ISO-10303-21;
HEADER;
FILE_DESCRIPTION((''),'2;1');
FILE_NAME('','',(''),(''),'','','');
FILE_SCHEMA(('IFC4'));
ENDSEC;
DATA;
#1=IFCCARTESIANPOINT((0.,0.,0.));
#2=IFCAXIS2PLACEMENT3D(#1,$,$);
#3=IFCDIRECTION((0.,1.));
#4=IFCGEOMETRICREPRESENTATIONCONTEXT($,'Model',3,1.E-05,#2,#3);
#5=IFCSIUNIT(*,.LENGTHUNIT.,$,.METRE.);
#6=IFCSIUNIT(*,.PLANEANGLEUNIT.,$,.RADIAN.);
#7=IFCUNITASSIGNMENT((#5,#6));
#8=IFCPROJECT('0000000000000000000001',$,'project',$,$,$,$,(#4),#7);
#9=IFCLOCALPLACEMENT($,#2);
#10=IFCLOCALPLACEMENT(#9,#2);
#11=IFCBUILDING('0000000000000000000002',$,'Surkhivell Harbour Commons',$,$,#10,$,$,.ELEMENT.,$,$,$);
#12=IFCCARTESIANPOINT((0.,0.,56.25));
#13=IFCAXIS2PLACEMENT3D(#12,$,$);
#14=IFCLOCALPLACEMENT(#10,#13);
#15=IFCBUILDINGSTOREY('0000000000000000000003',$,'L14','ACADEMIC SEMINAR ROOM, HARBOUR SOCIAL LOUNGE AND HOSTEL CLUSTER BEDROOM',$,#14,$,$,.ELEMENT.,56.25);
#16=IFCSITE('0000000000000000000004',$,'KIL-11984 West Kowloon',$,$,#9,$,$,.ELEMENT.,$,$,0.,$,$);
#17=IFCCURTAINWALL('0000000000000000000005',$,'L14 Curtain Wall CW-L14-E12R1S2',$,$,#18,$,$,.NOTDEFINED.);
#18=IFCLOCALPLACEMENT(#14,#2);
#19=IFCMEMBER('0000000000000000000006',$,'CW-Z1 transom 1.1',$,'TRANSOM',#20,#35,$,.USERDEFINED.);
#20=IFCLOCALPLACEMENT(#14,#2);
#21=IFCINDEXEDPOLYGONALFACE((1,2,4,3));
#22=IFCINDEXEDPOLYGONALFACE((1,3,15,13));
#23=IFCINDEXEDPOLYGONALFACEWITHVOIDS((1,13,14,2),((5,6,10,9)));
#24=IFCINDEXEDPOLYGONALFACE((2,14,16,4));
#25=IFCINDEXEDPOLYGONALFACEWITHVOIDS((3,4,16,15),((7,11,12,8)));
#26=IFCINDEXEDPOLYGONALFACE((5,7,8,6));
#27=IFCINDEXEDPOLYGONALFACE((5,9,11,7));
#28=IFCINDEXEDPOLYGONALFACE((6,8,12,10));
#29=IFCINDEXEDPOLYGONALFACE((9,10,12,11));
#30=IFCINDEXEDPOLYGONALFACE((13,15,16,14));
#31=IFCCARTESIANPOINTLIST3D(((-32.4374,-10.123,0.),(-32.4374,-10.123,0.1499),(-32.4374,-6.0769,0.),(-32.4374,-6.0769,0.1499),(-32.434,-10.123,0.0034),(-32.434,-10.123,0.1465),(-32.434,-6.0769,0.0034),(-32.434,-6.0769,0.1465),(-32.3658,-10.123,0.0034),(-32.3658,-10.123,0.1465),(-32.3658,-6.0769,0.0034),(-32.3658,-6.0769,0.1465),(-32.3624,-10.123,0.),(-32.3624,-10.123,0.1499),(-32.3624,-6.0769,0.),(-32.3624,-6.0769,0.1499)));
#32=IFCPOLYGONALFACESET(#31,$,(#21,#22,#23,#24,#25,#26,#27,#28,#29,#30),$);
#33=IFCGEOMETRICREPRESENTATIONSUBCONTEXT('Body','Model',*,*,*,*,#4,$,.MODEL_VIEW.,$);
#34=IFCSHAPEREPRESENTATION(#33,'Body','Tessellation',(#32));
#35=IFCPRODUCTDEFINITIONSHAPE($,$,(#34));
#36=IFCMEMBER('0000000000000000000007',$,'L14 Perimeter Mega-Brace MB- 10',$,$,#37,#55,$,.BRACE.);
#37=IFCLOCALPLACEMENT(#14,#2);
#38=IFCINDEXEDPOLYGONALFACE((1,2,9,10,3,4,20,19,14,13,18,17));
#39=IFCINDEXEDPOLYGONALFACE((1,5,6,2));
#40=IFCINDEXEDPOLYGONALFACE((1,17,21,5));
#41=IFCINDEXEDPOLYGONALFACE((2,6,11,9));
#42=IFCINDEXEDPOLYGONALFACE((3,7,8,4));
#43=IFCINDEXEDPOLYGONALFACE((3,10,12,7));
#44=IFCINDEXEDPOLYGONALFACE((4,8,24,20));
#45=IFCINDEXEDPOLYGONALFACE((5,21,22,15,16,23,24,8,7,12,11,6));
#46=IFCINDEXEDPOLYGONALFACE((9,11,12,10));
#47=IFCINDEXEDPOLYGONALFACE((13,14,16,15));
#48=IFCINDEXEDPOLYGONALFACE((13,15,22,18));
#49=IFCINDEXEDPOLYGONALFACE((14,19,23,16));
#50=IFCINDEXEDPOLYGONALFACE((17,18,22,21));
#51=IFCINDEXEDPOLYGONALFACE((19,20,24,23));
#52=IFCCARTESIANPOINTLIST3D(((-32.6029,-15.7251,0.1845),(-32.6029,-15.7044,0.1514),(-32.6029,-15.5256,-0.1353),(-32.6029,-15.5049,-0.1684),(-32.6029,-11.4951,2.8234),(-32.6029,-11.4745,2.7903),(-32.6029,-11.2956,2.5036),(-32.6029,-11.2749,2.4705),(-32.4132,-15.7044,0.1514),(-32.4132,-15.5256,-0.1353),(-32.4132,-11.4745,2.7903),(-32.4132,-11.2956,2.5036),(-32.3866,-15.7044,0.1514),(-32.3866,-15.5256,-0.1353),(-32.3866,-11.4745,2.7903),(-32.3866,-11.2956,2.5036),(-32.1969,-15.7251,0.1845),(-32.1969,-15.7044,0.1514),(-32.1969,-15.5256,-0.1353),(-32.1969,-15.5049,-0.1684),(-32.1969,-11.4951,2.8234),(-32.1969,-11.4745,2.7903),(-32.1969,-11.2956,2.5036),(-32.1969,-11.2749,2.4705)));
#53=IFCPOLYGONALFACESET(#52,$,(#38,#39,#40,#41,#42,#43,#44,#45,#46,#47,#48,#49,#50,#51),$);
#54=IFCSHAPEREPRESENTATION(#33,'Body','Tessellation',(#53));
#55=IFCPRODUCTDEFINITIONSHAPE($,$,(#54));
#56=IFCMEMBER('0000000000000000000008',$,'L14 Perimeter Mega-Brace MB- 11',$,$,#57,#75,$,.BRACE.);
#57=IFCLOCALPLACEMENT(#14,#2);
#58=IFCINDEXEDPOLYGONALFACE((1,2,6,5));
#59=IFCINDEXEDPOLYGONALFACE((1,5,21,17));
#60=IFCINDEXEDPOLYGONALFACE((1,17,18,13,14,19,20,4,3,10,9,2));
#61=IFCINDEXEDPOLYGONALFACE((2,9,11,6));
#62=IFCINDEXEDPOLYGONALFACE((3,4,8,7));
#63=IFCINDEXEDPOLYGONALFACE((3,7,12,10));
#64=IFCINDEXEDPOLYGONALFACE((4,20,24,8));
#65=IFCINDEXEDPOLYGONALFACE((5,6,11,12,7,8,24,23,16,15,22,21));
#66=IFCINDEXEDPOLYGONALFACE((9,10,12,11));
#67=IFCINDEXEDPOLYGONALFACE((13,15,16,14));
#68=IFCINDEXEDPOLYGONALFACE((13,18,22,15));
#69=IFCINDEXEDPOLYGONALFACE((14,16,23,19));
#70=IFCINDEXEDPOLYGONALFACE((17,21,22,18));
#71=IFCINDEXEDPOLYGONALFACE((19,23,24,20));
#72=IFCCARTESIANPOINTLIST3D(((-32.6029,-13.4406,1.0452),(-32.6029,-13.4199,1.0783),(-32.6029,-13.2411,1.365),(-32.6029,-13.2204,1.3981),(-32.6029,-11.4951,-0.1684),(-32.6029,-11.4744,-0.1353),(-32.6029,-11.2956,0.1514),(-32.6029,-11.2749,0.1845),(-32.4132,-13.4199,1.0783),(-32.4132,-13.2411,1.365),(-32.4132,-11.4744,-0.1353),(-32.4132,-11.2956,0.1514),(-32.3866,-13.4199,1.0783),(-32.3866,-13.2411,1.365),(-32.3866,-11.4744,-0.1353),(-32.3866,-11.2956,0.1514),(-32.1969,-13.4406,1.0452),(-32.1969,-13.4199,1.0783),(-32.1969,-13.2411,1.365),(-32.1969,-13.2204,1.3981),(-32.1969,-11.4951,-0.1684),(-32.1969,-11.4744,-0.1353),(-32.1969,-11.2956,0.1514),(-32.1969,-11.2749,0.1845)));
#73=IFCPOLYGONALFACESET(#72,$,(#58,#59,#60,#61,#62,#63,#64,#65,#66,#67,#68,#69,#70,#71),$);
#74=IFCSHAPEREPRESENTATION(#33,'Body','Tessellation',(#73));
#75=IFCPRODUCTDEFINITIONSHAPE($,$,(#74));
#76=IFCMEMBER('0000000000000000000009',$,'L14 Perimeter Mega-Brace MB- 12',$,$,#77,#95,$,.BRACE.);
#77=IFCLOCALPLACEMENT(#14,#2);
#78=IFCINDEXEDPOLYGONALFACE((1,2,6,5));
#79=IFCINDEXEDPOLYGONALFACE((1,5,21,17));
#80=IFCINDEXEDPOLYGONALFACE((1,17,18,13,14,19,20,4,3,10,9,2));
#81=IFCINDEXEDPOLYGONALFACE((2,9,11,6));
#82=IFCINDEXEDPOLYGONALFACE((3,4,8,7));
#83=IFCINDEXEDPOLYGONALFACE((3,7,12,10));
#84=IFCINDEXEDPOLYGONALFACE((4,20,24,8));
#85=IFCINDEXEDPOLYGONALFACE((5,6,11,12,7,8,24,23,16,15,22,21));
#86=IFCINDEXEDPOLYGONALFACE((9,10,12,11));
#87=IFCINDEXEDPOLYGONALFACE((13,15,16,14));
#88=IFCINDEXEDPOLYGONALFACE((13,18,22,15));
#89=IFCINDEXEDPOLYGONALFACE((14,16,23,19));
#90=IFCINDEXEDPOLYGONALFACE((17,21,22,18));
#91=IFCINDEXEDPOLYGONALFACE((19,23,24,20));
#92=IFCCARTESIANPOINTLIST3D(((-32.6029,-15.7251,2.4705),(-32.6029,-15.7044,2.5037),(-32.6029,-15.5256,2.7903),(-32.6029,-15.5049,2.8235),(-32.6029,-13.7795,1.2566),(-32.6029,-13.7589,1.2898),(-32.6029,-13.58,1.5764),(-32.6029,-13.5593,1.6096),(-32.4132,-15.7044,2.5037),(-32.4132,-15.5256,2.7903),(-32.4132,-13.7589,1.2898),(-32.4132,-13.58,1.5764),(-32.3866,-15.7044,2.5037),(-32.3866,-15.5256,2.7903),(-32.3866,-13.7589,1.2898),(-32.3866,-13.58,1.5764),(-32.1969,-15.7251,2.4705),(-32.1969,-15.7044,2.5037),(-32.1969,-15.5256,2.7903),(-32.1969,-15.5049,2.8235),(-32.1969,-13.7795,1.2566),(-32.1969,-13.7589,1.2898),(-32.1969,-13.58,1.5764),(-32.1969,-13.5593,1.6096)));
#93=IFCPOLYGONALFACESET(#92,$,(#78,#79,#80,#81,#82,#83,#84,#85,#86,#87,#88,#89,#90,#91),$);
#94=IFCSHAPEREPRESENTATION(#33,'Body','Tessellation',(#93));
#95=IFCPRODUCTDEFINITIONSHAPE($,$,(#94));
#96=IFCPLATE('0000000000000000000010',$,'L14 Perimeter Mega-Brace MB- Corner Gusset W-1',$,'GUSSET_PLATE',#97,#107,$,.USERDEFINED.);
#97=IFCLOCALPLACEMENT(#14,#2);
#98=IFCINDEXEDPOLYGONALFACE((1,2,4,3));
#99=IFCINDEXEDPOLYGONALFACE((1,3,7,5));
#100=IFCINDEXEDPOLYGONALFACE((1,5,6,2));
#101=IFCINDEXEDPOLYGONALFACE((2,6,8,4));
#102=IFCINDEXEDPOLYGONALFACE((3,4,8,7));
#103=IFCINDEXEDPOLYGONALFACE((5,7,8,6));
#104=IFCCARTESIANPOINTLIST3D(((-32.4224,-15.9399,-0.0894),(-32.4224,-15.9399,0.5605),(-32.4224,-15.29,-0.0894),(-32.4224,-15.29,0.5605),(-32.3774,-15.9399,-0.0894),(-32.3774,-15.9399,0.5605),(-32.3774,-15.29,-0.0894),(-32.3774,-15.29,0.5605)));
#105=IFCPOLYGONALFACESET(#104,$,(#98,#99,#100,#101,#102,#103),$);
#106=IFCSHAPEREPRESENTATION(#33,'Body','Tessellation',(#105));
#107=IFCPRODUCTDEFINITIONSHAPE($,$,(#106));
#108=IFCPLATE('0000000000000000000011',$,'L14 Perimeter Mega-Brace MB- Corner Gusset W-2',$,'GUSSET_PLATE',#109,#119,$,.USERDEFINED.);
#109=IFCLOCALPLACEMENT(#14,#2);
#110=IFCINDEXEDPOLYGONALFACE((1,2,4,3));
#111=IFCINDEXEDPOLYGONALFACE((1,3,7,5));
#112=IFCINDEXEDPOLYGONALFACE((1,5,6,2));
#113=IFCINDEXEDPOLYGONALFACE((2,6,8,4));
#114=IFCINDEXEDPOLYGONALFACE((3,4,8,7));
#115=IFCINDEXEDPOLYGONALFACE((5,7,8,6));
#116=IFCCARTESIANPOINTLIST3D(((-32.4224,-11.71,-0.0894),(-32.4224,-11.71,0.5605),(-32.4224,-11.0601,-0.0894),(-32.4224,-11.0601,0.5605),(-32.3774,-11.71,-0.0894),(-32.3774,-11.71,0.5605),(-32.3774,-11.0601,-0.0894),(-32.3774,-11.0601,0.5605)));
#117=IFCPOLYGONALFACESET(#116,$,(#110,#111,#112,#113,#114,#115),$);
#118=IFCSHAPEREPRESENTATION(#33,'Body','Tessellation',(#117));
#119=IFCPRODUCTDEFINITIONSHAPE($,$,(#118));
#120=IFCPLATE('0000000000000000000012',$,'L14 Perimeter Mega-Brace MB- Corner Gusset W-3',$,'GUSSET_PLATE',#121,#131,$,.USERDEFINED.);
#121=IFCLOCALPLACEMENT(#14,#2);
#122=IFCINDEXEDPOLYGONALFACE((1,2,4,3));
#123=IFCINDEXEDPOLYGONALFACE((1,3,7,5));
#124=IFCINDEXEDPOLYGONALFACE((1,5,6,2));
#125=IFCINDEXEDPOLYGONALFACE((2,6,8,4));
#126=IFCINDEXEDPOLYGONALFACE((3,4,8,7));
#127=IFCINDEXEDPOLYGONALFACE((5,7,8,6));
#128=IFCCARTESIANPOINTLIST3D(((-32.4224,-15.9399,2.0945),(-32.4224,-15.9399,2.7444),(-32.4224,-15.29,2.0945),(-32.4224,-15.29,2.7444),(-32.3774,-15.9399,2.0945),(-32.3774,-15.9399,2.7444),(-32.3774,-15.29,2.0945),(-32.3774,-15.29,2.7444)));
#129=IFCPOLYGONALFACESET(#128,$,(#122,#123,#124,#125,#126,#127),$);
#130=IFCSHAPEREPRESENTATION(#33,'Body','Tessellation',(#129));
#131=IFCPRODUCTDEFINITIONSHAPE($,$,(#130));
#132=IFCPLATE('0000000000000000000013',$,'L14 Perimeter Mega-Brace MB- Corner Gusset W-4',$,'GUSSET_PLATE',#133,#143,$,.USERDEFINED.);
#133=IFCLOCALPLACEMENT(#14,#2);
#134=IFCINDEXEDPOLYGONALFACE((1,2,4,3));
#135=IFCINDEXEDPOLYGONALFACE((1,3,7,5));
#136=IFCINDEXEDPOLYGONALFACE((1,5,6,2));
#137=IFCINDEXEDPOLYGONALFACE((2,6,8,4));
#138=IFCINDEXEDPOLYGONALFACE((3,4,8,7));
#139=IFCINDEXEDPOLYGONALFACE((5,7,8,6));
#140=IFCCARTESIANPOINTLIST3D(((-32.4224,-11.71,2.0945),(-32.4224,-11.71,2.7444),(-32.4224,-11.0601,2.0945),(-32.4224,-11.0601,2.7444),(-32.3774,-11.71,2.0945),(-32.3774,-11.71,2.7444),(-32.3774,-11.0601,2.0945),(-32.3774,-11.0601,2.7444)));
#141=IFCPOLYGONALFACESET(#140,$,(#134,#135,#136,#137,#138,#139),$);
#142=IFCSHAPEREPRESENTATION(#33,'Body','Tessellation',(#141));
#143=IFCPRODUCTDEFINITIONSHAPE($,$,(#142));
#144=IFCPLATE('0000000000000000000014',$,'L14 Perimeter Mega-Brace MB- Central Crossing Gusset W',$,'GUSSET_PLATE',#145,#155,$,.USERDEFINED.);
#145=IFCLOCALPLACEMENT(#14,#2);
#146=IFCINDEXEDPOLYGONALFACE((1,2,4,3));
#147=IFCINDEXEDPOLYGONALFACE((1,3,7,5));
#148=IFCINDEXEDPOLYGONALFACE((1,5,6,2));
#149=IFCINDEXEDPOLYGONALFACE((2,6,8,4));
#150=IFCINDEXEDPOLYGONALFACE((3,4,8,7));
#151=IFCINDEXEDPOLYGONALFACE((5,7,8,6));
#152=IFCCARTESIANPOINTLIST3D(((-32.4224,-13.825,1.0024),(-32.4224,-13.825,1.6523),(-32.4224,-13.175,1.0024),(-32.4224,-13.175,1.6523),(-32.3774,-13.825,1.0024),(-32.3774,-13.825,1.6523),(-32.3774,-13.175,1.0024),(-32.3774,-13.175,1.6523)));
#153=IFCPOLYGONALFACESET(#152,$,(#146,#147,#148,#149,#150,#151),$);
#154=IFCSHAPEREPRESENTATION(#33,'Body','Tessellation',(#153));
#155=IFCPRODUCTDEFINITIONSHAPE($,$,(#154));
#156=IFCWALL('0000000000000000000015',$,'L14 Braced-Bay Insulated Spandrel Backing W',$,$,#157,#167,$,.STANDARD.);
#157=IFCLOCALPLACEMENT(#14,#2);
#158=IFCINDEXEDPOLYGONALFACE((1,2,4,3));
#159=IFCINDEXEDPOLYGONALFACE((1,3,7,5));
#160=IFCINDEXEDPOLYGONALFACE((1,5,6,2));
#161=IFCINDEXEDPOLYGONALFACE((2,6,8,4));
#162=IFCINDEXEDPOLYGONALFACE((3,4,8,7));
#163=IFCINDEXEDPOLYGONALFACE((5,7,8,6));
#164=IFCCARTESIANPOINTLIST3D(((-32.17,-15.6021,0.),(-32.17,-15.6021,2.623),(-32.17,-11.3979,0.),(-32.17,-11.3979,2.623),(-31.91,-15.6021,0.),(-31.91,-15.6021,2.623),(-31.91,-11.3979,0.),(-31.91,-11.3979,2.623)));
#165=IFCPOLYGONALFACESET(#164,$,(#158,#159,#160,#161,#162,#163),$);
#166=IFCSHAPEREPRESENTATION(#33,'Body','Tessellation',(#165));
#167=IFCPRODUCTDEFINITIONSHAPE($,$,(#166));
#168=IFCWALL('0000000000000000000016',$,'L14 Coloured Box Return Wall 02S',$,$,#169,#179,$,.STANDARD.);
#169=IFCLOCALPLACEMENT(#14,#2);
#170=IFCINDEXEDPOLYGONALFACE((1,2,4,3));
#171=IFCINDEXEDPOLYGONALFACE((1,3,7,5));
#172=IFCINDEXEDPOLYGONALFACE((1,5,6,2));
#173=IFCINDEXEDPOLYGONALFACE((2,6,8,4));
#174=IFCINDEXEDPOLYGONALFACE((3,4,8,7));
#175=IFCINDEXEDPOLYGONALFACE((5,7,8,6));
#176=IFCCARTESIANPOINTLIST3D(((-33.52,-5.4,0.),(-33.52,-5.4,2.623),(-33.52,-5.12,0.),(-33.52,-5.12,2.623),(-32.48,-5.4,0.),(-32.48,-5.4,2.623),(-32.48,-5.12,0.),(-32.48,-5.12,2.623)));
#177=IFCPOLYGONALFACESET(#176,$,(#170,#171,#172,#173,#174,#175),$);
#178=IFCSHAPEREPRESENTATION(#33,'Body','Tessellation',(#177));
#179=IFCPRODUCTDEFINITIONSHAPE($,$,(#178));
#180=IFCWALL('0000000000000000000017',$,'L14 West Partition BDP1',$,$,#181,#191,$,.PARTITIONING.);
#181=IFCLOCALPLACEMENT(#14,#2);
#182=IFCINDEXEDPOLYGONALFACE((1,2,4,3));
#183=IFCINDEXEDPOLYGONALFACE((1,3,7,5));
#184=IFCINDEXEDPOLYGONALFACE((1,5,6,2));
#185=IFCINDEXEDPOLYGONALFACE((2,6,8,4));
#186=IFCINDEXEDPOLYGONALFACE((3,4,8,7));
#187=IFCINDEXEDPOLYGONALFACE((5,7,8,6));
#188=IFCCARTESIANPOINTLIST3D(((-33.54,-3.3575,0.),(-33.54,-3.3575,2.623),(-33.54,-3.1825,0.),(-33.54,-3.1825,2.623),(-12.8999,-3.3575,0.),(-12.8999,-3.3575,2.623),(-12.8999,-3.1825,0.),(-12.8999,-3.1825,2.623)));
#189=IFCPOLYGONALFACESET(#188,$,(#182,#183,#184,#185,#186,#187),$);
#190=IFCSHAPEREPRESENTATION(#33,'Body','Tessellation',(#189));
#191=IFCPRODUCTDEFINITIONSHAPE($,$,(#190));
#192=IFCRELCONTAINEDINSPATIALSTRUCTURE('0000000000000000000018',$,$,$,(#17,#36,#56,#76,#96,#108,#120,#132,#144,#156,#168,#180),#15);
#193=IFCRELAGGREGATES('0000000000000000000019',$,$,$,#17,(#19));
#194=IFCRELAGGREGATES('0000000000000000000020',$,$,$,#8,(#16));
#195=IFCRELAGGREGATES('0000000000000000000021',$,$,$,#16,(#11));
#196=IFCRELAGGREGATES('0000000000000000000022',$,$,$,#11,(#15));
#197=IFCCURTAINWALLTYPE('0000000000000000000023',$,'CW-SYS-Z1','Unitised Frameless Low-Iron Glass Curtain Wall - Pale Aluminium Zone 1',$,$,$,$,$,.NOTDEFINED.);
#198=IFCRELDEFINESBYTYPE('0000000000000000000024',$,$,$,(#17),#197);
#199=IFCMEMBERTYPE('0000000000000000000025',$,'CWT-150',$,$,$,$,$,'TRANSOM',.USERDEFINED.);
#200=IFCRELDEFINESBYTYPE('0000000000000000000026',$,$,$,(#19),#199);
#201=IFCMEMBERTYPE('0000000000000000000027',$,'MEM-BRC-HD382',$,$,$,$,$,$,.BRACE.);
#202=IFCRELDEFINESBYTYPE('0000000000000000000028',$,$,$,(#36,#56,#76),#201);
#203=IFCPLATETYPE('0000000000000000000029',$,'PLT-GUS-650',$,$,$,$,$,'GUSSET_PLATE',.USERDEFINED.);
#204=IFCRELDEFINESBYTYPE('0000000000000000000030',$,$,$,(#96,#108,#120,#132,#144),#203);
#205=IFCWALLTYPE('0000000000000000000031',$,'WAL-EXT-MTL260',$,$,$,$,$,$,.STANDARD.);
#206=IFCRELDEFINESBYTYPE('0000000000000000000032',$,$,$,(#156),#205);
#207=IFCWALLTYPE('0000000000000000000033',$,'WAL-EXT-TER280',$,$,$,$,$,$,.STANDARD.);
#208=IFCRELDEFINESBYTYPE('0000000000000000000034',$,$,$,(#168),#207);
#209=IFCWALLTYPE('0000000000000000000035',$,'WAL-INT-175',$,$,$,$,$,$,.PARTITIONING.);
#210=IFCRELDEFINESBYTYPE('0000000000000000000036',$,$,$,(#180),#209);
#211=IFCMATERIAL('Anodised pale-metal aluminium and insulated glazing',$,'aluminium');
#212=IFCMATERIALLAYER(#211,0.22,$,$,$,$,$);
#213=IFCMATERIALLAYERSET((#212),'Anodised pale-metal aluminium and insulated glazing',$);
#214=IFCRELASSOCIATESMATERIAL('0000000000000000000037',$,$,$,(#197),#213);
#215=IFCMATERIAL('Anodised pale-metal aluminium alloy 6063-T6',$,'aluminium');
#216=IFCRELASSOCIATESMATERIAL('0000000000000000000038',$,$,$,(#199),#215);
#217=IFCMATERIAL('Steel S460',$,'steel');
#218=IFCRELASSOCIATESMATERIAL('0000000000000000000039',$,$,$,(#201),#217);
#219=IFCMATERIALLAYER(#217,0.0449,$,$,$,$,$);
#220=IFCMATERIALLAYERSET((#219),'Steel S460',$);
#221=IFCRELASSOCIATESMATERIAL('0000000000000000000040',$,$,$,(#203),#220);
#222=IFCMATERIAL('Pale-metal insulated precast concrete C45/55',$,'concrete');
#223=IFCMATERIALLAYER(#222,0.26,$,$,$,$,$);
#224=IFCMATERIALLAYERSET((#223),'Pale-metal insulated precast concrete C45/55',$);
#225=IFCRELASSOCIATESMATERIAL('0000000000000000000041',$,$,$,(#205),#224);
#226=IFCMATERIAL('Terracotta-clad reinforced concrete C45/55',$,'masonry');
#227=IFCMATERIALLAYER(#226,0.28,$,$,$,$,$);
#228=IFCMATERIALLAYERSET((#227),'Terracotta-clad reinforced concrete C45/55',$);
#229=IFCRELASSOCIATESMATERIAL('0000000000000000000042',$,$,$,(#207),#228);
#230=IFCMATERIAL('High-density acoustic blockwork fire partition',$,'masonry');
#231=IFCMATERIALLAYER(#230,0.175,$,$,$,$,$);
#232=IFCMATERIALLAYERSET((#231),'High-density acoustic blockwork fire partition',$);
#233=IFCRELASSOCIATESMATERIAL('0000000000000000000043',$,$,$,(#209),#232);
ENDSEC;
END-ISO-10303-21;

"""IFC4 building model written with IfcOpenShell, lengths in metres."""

from ifc_helpers import new_model, si_unit, direction, frame, frame_2d, origin, origin_2d, place, context, subcontext, project, spatial, rectangle, hollow_rectangle, i_section, extrude, material, layer, layer_set, material_profile, profile_set, type_object, element, aggregate, save


model = new_model("IFC4")

# Units and contexts
model_context = context("Model", 3, precision=1e-05, world=origin(), true_north=direction((0.0, 1.0)))
body_context = subcontext(model_context, "Body", "Model", "MODEL_VIEW")
ifc_project = project(units=[si_unit("LENGTHUNIT", "METRE"), si_unit("PLANEANGLEUNIT", "RADIAN")], contexts=[model_context])

# Site, building, storey
site_placement = place(None, origin())
site = spatial("IfcSite", under=ifc_project, at=site_placement, Name="KIL-11984 West Kowloon", CompositionType="ELEMENT", RefElevation=0.0)
building_placement = place(site_placement, origin())
building = spatial("IfcBuilding", under=site, at=building_placement, Name="Surkhivell Harbour Commons", CompositionType="ELEMENT")
storey_placement = place(building_placement, frame((0.0, 0.0, 56.25)))
storey = spatial("IfcBuildingStorey", under=building, at=storey_placement, Name="L14", Description="ACADEMIC SEMINAR ROOM, HARBOUR SOCIAL LOUNGE AND HOSTEL CLUSTER BEDROOM", CompositionType="ELEMENT", Elevation=56.25)

# Shared definitions
ifc_material_1 = material(Name="Steel S460", Category="steel")

# Curtain wall, member
ifc_material_2 = material(Name="Anodised pale-metal aluminium and insulated glazing", Category="aluminium")
ifc_layer_1 = layer(ifc_material_2, 0.22)
ifc_layer_set_1 = layer_set([ifc_layer_1], Name="Anodised pale-metal aluminium and insulated glazing")
curtain_wall_type = type_object("IfcCurtainWallType", Name="CW-SYS-Z1", Description="Unitised Frameless Low-Iron Glass Curtain Wall - Pale Aluminium Zone 1", PredefinedType="NOTDEFINED", material=ifc_layer_set_1)
curtain_wall_placement = place(storey_placement, origin())
curtain_wall = element("IfcCurtainWall", 1, at=curtain_wall_placement, inside=storey, type_object=curtain_wall_type, Name="L14 Curtain Wall CW-L14-E12R1S2", PredefinedType="NOTDEFINED")
ifc_material_3 = material(Name="Anodised pale-metal aluminium alloy 6063-T6", Category="aluminium")
ifc_material_profile_1 = material_profile(ifc_material_3, hollow_rectangle(XDim=0.075, YDim=0.1499, WallThickness=0.0034, at=origin_2d()), Name="ALU-TRAN-75x150")
ifc_profile_set_1 = profile_set([ifc_material_profile_1], Name="Anodised pale-metal aluminium alloy 6063-T6")
member_type_1 = type_object("IfcMemberType", Name="CWT-150", ElementType="TRANSOM", PredefinedType="USERDEFINED", material=ifc_profile_set_1)
member_1_placement = place(storey_placement, frame((-32.3999, -10.123, 0.075), z_axis=(0.0, 1.0, 0.0), x_axis=(-1.0, 0.0, 0.0)))
member_1 = element("IfcMember", 2, at=member_1_placement, type_object=member_type_1, Name="CW-Z1 transom 1.1", ObjectType="TRANSOM", PredefinedType="USERDEFINED", context=body_context, shape_type="SweptSolid", body=[
    extrude(hollow_rectangle(XDim=0.075, YDim=0.1499, WallThickness=0.0034, at=origin_2d()), origin(), (0.0, 0.0, 1.0), 4.0461),
])

# Members
ifc_material_profile_2 = material_profile(ifc_material_1, i_section(OverallWidth=0.406, OverallDepth=0.416, WebThickness=0.0266, FlangeThickness=0.0391, at=origin_2d()), Name="HD400x382")
ifc_profile_set_2 = profile_set([ifc_material_profile_2], Name="Steel S460")
member_type_2 = type_object("IfcMemberType", Name="MEM-BRC-HD382", PredefinedType="BRACE", material=ifc_profile_set_2)
member_2_placement = place(storey_placement, frame((-32.3999, -15.615, 0.0081), z_axis=(0.0, 0.848433, 0.529303), x_axis=(-1.0, 0.0, 0.0)))
element("IfcMember", 3, at=member_2_placement, inside=storey, type_object=member_type_2, Name="L14 Perimeter Mega-Brace MB- 10", PredefinedType="BRACE", context=body_context, shape_type="SweptSolid", body=[
    extrude(i_section(OverallWidth=0.406, OverallDepth=0.416, WebThickness=0.0266, FlangeThickness=0.0391, at=origin_2d()), origin(), (0.0, 0.0, 1.0), 4.9856),
])
member_3_placement = place(storey_placement, frame((-32.3999, -11.385, 0.0081), z_axis=(0.0, -0.848459, 0.529262), x_axis=(1.0, 0.0, 0.0)))
element("IfcMember", 4, at=member_3_placement, inside=storey, type_object=member_type_2, Name="L14 Perimeter Mega-Brace MB- 11", PredefinedType="BRACE", context=body_context, shape_type="SweptSolid", body=[
    extrude(i_section(OverallWidth=0.406, OverallDepth=0.416, WebThickness=0.0266, FlangeThickness=0.0391, at=origin_2d()), origin(), (0.0, 0.0, 1.0), 2.293),
])
member_4_placement = place(storey_placement, frame((-32.3999, -13.6694, 1.4331), z_axis=(0.0, -0.848411, 0.529338), x_axis=(1.0, 0.0, 0.0)))
element("IfcMember", 5, at=member_4_placement, inside=storey, type_object=member_type_2, Name="L14 Perimeter Mega-Brace MB- 12", PredefinedType="BRACE", context=body_context, shape_type="SweptSolid", body=[
    extrude(i_section(OverallWidth=0.406, OverallDepth=0.416, WebThickness=0.0266, FlangeThickness=0.0391, at=origin_2d()), origin(), (0.0, 0.0, 1.0), 2.2932),
])

aggregate(curtain_wall, [member_1])

# Plates
ifc_layer_2 = layer(ifc_material_1, 0.0449)
ifc_layer_set_2 = layer_set([ifc_layer_2], Name="Steel S460")
plate_type_1 = type_object("IfcPlateType", Name="PLT-GUS-650", ElementType="GUSSET_PLATE", PredefinedType="USERDEFINED", material=ifc_layer_set_2)
for number, where, z_axis, x_axis, name in (
    (6, (-32.3999, -15.615, -0.0894), (0.0, 0.0, 1.0), (0.0, 1.0, 0.0), "L14 Perimeter Mega-Brace MB- Corner Gusset W-1"),
    (7, (-32.3999, -11.385, -0.0894), (0.0, 0.0, 1.0), (0.0, 1.0, 0.0), "L14 Perimeter Mega-Brace MB- Corner Gusset W-2"),
    (8, (-32.3999, -15.615, 2.0945), (0.0, 0.0, 1.0), (0.0, 1.0, 0.0), "L14 Perimeter Mega-Brace MB- Corner Gusset W-3"),
    (9, (-32.3999, -11.385, 2.0945), (0.0, 0.0, 1.0), (0.0, 1.0, 0.0), "L14 Perimeter Mega-Brace MB- Corner Gusset W-4"),
    (10, (-32.3999, -13.5, 1.0024), (0.0, 0.0, 1.0), (0.0, 1.0, 0.0), "L14 Perimeter Mega-Brace MB- Central Crossing Gusset W"),
):
    element("IfcPlate", number, at=place(storey_placement, frame(where, z_axis=z_axis, x_axis=x_axis)), inside=storey, type_object=plate_type_1, Name=name, ObjectType="GUSSET_PLATE", PredefinedType="USERDEFINED", context=body_context, shape_type="SweptSolid", body=[
        extrude(rectangle(XDim=0.6499, YDim=0.0449, at=origin_2d()), origin(), (0.0, 0.0, 1.0), 0.6499),
    ])

# Walls
ifc_material_4 = material(Name="Pale-metal insulated precast concrete C45/55", Category="concrete")
ifc_layer_3 = layer(ifc_material_4, 0.26)
ifc_layer_set_3 = layer_set([ifc_layer_3], Name="Pale-metal insulated precast concrete C45/55")
wall_type_1 = type_object("IfcWallType", Name="WAL-EXT-MTL260", PredefinedType="STANDARD", material=ifc_layer_set_3)
wall_1_placement = place(storey_placement, frame((-32.04, -15.6021, 0.0), z_axis=(0.0, 0.0, 1.0), x_axis=(0.0, 1.0, 0.0)))
element("IfcWall", 11, at=wall_1_placement, inside=storey, type_object=wall_type_1, Name="L14 Braced-Bay Insulated Spandrel Backing W", PredefinedType="STANDARD", context=body_context, shape_type="SweptSolid", body=[
    extrude(rectangle(XDim=4.2041, YDim=0.26, at=frame_2d((2.1021, 0.0))), origin(), (0.0, 0.0, 1.0), 2.623),
])
ifc_material_5 = material(Name="Terracotta-clad reinforced concrete C45/55", Category="masonry")
ifc_layer_4 = layer(ifc_material_5, 0.28)
ifc_layer_set_4 = layer_set([ifc_layer_4], Name="Terracotta-clad reinforced concrete C45/55")
wall_type_2 = type_object("IfcWallType", Name="WAL-EXT-TER280", PredefinedType="STANDARD", material=ifc_layer_set_4)
wall_2_placement = place(storey_placement, frame((-33.52, -5.26, 0.0), z_axis=(0.0, 0.0, 1.0), x_axis=(1.0, 0.0, 0.0)))
element("IfcWall", 12, at=wall_2_placement, inside=storey, type_object=wall_type_2, Name="L14 Coloured Box Return Wall 02S", PredefinedType="STANDARD", context=body_context, shape_type="SweptSolid", body=[
    extrude(rectangle(XDim=1.04, YDim=0.28, at=frame_2d((0.52, 0.0))), origin(), (0.0, 0.0, 1.0), 2.623),
])
ifc_material_6 = material(Name="High-density acoustic blockwork fire partition", Category="masonry")
ifc_layer_5 = layer(ifc_material_6, 0.175)
ifc_layer_set_5 = layer_set([ifc_layer_5], Name="High-density acoustic blockwork fire partition")
wall_type_3 = type_object("IfcWallType", Name="WAL-INT-175", PredefinedType="PARTITIONING", material=ifc_layer_set_5)
wall_3_placement = place(storey_placement, frame((-33.54, -3.27, 0.0), z_axis=(0.0, 0.0, 1.0), x_axis=(1.0, 0.0, 0.0)))
element("IfcWall", 13, at=wall_3_placement, inside=storey, type_object=wall_type_3, Name="L14 West Partition BDP1", PredefinedType="PARTITIONING", context=body_context, shape_type="SweptSolid", body=[
    extrude(rectangle(XDim=20.6401, YDim=0.175, at=frame_2d((10.3201, 0.0))), origin(), (0.0, 0.0, 1.0), 2.623),
])

save(model, "model.ifc")
